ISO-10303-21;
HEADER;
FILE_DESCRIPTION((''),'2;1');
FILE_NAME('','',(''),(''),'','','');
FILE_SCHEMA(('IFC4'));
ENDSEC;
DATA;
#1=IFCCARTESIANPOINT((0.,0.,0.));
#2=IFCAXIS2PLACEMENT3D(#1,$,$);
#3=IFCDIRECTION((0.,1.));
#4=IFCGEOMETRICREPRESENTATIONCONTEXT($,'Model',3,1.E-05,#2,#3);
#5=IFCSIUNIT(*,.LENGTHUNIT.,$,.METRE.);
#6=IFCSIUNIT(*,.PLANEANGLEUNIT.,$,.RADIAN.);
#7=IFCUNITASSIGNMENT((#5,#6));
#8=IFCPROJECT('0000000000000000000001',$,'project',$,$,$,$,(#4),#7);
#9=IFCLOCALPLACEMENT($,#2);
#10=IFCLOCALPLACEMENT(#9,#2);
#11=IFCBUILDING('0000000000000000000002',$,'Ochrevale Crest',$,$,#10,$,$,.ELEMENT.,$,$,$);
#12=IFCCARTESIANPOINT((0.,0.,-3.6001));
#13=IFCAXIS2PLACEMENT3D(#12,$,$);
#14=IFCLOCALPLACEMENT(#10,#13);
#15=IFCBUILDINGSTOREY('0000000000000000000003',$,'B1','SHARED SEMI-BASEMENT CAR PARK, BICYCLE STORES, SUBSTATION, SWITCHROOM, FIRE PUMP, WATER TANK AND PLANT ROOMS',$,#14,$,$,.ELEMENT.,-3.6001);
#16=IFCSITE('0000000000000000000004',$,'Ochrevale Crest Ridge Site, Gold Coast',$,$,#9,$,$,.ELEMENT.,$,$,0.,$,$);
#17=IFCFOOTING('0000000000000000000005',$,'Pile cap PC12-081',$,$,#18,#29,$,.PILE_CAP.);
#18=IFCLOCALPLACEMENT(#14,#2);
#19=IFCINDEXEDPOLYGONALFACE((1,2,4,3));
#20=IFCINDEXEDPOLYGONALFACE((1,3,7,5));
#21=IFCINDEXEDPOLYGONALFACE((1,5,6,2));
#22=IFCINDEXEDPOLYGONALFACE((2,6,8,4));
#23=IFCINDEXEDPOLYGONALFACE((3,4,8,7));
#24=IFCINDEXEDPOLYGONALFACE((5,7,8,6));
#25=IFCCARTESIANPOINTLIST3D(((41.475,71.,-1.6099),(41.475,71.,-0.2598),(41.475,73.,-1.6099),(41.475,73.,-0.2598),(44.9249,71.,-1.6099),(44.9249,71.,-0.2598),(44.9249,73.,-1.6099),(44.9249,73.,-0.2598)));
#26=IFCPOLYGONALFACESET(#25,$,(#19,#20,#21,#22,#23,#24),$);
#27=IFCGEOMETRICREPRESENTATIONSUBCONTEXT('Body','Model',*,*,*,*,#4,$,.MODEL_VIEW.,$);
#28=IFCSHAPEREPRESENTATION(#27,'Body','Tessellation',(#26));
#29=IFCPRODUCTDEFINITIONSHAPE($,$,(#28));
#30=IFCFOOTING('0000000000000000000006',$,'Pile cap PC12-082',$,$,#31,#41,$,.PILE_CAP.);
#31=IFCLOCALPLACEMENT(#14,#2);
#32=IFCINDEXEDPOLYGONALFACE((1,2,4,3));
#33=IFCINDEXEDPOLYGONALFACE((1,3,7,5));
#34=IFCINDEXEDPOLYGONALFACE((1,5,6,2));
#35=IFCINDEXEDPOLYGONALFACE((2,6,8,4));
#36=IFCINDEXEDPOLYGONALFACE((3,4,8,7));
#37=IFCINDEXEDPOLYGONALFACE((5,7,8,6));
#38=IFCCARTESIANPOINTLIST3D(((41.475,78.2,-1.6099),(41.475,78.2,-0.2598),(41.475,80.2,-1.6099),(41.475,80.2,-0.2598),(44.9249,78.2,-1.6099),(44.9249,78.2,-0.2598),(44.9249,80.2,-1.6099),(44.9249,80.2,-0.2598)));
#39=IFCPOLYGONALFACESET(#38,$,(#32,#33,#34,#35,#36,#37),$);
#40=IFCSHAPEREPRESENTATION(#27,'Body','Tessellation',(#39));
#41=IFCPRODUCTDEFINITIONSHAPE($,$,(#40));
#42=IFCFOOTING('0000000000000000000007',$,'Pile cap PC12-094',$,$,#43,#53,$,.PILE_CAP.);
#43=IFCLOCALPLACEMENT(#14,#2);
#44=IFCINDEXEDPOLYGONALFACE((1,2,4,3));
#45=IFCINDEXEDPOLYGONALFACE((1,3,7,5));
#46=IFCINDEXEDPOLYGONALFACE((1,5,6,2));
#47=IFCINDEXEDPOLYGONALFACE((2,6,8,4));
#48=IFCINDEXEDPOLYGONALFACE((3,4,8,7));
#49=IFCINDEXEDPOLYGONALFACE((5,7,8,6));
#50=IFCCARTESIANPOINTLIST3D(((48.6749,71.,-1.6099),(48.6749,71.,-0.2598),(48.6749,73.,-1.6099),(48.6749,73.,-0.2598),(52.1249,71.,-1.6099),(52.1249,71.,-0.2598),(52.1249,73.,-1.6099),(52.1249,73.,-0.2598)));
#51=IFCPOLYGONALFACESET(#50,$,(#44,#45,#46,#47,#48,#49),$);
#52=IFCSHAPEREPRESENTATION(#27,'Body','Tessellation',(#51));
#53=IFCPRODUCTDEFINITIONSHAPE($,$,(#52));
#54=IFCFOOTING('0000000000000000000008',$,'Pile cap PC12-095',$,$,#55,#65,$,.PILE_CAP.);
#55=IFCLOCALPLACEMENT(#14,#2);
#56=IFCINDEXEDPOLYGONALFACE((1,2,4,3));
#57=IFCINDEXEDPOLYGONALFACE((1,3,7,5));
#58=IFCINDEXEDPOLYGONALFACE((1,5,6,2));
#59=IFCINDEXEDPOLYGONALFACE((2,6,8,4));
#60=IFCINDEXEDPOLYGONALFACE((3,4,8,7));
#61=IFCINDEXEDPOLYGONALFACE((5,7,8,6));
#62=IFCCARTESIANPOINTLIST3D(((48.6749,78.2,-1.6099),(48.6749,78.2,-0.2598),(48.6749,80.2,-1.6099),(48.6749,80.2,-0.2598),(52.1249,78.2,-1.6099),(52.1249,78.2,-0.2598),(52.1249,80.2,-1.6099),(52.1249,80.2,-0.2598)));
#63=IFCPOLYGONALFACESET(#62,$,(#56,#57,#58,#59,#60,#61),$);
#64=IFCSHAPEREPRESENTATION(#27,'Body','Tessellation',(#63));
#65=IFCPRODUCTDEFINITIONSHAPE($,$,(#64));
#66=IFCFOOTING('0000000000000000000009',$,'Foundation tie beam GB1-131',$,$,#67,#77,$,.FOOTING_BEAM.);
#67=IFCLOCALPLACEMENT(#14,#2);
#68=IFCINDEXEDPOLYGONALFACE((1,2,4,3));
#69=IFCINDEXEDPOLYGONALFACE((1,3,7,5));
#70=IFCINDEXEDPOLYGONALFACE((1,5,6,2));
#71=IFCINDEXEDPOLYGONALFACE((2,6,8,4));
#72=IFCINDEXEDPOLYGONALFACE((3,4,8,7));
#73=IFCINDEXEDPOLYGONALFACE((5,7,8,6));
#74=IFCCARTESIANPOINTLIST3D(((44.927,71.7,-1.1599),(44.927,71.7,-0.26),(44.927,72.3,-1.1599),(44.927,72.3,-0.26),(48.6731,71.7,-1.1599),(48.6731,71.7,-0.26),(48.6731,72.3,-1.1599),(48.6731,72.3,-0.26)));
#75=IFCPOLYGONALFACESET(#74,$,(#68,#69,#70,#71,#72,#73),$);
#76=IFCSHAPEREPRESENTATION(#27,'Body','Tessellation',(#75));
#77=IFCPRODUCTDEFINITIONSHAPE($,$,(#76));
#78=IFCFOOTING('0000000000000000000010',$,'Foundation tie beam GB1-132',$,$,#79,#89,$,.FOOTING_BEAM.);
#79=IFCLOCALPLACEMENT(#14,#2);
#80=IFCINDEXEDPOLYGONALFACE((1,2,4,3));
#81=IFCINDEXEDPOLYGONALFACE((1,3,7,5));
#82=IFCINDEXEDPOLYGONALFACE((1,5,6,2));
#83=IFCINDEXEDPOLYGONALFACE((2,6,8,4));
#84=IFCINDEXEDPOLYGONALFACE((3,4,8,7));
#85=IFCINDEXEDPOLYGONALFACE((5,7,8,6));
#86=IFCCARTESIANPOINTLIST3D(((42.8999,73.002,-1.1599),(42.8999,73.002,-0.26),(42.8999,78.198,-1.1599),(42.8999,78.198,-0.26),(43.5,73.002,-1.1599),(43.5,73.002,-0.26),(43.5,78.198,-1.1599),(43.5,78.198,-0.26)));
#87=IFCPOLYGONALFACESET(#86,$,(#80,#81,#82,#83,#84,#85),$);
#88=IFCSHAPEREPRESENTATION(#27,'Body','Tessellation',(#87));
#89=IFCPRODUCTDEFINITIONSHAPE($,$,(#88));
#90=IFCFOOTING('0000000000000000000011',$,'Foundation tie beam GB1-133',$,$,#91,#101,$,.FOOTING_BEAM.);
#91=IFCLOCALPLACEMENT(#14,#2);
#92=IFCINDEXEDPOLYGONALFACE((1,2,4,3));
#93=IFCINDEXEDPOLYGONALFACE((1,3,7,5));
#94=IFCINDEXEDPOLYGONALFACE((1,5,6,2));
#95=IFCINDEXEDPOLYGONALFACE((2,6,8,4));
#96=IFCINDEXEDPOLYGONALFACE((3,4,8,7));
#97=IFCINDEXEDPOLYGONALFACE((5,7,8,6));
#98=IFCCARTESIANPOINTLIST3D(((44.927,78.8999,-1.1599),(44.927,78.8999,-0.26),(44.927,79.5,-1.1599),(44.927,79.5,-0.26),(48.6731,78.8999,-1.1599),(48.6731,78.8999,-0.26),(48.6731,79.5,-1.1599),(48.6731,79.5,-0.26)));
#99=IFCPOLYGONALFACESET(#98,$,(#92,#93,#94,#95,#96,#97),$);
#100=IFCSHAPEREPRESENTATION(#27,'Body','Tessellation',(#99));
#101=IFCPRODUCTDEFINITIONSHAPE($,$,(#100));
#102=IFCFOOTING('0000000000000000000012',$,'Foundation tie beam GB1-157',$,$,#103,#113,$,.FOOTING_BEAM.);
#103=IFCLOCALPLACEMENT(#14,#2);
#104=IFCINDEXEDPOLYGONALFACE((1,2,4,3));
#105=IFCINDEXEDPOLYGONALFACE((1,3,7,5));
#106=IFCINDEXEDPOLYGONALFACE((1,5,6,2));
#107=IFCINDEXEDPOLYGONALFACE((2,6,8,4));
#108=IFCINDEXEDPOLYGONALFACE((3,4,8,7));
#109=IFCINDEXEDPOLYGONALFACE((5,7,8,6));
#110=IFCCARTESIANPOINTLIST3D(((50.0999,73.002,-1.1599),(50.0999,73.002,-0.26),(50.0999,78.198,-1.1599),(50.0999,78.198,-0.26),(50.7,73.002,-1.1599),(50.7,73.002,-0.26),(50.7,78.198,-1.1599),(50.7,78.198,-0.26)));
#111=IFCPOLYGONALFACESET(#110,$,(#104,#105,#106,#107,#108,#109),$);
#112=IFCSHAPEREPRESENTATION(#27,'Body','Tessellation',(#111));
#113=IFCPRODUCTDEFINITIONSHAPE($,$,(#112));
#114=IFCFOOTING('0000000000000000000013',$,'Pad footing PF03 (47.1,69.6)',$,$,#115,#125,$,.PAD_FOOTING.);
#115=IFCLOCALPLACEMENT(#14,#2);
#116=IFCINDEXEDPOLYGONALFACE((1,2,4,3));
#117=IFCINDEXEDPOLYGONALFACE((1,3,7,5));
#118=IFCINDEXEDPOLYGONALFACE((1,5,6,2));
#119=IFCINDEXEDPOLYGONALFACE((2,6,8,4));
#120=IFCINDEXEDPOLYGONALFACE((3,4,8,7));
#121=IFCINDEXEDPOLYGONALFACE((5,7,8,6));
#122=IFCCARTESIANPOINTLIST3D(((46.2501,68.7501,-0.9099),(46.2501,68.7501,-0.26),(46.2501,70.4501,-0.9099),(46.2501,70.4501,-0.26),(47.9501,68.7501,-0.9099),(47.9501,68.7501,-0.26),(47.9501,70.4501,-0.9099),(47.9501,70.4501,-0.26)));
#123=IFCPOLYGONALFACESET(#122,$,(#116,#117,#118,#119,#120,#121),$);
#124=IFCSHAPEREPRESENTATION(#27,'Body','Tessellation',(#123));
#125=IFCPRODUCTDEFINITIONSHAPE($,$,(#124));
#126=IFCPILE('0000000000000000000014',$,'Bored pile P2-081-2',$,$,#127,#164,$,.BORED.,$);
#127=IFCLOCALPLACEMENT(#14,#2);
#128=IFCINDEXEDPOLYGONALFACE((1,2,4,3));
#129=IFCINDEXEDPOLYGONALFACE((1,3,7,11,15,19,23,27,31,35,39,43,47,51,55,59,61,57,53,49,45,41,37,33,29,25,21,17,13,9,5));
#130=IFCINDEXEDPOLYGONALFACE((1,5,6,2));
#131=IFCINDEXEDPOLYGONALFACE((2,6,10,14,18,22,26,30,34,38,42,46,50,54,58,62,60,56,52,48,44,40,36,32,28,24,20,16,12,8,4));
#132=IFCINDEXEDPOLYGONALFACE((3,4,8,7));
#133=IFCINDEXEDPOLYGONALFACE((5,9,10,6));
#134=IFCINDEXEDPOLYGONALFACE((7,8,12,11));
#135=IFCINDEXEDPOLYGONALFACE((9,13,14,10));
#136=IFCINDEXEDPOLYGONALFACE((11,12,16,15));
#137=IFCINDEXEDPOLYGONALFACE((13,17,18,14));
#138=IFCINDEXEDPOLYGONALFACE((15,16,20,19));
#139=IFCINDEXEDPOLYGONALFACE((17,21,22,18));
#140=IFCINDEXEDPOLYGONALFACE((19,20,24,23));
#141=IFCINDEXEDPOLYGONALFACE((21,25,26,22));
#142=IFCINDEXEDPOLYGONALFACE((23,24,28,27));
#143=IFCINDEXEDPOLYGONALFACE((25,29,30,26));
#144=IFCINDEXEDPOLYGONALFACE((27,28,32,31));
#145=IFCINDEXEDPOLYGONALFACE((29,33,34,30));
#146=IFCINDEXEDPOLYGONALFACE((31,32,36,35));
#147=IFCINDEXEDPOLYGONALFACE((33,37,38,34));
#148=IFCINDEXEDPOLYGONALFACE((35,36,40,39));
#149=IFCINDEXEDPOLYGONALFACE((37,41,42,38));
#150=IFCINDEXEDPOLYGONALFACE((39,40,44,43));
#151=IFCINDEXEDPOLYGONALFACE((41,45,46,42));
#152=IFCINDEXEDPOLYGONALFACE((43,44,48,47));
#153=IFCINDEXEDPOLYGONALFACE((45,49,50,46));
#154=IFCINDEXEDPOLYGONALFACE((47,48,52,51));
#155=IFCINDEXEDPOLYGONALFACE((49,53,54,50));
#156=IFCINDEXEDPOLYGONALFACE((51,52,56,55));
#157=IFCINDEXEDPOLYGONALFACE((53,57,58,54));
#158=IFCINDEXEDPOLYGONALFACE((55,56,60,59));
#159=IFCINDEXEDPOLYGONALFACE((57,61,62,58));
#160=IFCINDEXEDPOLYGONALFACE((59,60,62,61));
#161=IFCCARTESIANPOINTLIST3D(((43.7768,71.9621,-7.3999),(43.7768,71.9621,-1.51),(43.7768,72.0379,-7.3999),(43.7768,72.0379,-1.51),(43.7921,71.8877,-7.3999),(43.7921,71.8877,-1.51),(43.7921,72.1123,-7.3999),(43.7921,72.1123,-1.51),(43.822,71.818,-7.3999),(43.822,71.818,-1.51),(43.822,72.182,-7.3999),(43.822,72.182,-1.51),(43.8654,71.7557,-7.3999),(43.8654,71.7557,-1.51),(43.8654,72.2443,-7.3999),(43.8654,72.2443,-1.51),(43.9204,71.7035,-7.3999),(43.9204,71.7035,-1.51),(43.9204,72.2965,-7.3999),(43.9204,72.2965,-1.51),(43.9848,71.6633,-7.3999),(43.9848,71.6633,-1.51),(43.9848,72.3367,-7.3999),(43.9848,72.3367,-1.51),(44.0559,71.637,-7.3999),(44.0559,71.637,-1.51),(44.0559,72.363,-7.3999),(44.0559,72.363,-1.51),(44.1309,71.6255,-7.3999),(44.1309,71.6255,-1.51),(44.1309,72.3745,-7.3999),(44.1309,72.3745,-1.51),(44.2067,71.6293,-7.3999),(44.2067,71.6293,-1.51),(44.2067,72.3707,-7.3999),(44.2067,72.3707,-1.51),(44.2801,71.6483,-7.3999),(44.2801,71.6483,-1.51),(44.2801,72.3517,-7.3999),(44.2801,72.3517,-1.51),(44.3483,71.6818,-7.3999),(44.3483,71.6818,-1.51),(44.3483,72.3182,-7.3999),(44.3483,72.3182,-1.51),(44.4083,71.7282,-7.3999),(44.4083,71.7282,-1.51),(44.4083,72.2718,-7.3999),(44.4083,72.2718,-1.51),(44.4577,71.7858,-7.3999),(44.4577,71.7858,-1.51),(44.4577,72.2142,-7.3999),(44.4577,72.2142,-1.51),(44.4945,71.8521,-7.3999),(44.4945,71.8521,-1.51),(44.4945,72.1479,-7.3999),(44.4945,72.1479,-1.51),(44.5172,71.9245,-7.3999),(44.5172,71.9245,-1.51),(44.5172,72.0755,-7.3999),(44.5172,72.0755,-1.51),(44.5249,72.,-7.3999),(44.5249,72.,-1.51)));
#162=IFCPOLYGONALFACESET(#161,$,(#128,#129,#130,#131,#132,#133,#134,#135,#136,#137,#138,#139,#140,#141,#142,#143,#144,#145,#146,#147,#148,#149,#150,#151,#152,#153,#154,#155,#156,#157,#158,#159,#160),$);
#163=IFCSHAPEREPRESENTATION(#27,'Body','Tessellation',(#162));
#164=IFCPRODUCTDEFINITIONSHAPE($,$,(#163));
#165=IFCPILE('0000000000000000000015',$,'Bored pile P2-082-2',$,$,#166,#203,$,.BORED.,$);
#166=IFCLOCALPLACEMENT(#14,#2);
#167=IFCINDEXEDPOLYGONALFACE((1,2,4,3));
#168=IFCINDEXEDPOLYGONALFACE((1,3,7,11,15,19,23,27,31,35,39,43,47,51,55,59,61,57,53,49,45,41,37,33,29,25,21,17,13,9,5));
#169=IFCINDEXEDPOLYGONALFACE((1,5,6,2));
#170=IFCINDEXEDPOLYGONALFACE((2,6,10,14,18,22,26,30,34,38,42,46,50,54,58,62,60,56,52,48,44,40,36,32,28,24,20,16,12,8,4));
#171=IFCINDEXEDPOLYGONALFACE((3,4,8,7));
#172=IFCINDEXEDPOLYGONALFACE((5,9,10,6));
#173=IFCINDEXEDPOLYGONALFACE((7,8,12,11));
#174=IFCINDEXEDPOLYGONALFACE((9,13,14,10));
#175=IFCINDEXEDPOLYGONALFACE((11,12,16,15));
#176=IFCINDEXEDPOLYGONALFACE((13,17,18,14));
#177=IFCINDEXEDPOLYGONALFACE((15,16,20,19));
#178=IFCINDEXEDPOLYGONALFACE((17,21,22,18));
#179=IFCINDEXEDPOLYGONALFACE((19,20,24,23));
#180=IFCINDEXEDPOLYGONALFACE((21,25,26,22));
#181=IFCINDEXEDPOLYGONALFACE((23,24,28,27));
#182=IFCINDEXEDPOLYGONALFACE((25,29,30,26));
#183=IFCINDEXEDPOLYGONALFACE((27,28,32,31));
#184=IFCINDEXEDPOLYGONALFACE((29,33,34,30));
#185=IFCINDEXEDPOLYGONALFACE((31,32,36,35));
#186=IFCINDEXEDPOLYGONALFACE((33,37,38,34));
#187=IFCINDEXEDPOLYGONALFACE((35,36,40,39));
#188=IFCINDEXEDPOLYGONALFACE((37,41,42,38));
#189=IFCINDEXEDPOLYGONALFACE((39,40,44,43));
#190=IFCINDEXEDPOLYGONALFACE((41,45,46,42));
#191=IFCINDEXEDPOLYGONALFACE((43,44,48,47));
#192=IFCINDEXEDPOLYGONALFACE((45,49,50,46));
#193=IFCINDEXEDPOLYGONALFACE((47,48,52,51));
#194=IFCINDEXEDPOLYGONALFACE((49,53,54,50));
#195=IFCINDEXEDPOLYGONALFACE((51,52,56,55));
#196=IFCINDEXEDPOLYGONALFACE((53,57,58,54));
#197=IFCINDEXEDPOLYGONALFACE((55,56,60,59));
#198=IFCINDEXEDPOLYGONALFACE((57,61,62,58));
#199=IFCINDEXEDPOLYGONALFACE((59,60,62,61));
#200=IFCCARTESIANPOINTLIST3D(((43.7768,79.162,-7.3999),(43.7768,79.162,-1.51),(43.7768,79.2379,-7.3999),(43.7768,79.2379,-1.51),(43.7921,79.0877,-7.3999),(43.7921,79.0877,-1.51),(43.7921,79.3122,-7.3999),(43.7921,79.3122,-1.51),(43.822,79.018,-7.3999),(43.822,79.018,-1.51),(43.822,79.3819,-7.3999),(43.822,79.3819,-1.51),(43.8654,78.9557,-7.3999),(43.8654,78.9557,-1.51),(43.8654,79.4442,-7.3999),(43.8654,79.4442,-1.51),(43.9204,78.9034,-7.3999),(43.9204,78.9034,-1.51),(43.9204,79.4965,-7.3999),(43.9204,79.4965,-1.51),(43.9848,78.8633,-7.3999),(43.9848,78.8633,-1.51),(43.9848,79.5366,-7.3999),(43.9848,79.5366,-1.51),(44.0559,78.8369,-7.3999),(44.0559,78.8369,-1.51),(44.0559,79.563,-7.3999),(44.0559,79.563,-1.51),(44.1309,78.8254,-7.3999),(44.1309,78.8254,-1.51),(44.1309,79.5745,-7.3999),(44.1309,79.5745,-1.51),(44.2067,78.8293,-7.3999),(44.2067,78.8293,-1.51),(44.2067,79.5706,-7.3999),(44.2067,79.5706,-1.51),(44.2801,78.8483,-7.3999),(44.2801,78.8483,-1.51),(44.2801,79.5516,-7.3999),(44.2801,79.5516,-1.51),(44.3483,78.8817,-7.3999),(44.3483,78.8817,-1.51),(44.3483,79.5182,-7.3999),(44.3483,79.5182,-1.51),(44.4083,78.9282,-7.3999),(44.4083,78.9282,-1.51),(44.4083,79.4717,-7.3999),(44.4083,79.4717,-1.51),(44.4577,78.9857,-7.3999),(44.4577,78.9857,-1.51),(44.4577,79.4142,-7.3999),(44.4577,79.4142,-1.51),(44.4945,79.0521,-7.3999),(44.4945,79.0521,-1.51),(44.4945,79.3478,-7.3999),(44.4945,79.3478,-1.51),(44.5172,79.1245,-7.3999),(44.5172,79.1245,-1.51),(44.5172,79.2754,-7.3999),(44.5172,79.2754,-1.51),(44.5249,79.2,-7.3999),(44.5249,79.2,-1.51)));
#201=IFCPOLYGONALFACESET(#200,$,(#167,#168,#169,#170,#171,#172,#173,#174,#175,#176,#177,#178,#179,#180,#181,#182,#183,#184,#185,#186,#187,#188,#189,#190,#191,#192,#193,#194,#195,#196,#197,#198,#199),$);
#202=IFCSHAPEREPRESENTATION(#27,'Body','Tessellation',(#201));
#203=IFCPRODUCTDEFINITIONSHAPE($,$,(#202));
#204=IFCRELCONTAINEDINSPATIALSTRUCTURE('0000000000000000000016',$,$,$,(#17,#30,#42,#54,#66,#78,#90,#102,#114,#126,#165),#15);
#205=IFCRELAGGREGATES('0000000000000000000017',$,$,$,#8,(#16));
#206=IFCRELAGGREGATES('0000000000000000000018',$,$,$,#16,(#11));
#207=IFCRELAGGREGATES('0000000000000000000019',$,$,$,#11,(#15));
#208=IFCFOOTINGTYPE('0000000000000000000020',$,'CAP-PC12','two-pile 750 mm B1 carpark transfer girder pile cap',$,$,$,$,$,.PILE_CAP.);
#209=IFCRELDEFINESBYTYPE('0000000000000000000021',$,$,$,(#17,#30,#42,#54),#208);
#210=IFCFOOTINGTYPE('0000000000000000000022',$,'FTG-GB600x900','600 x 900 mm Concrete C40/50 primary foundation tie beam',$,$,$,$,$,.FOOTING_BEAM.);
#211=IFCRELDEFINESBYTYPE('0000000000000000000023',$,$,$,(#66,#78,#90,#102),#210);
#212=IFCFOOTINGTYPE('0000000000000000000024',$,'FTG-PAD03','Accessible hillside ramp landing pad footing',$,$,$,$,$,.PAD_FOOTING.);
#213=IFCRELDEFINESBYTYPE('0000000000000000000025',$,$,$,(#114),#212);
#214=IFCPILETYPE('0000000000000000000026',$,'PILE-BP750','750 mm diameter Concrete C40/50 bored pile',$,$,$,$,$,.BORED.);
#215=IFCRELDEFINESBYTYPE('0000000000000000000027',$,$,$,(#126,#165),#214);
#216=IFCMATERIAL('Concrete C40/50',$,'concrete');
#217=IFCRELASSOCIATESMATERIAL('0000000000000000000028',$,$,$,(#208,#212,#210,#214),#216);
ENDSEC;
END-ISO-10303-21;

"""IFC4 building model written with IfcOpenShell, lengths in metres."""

from ifc_helpers import new_model, si_unit, direction, frame, origin, origin_2d, place, context, subcontext, project, spatial, rectangle, circle, extrude, material, material_profile, profile_set, type_object, element, save


model = new_model("IFC4")

# Units and contexts
model_context = context("Model", 3, precision=1e-05, world=origin(), true_north=direction((0.0, 1.0)))
body_context = subcontext(model_context, "Body", "Model", "MODEL_VIEW")
ifc_project = project(units=[si_unit("LENGTHUNIT", "METRE"), si_unit("PLANEANGLEUNIT", "RADIAN")], contexts=[model_context])

# Site, building, storey
site_placement = place(None, origin())
site = spatial("IfcSite", under=ifc_project, at=site_placement, Name="Ochrevale Crest Ridge Site, Gold Coast", CompositionType="ELEMENT", RefElevation=0.0)
building_placement = place(site_placement, origin())
building = spatial("IfcBuilding", under=site, at=building_placement, Name="Ochrevale Crest", CompositionType="ELEMENT")
storey_placement = place(building_placement, frame((0.0, 0.0, -3.6001)))
storey = spatial("IfcBuildingStorey", under=building, at=storey_placement, Name="B1", Description="SHARED SEMI-BASEMENT CAR PARK, BICYCLE STORES, SUBSTATION, SWITCHROOM, FIRE PUMP, WATER TANK AND PLANT ROOMS", CompositionType="ELEMENT", Elevation=-3.6001)

# Footings
ifc_material_1 = material(Name="Concrete C40/50", Category="concrete")
footing_type_1 = type_object("IfcFootingType", Name="CAP-PC12", Description="two-pile 750 mm B1 carpark transfer girder pile cap", PredefinedType="PILE_CAP", material=ifc_material_1)
for number, where, z_axis, x_axis, name in (
    (1, (43.2, 72.0, -1.6099), (0.0, 0.0, 1.0), (1.0, 0.0, 0.0), "Pile cap PC12-081"),
    (2, (43.2, 79.2, -1.6099), (0.0, 0.0, 1.0), (1.0, 0.0, 0.0), "Pile cap PC12-082"),
    (3, (50.3999, 72.0, -1.6099), (0.0, 0.0, 1.0), (1.0, 0.0, 0.0), "Pile cap PC12-094"),
    (4, (50.3999, 79.2, -1.6099), (0.0, 0.0, 1.0), (1.0, 0.0, 0.0), "Pile cap PC12-095"),
):
    element("IfcFooting", number, at=place(storey_placement, frame(where, z_axis=z_axis, x_axis=x_axis)), inside=storey, type_object=footing_type_1, Name=name, PredefinedType="PILE_CAP", context=body_context, shape_type="SweptSolid", body=[
        extrude(rectangle(XDim=3.45, YDim=2.0, at=origin_2d()), origin(), (0.0, 0.0, 1.0), 1.3501),
    ])
ifc_material_profile_1 = material_profile(ifc_material_1, rectangle(XDim=0.6001, YDim=0.8999, at=origin_2d()), Name="GB 600x900")
ifc_profile_set_1 = profile_set([ifc_material_profile_1], Name="Concrete C40/50")
footing_type_2 = type_object("IfcFootingType", Name="FTG-GB600x900", Description="600 x 900 mm Concrete C40/50 primary foundation tie beam", PredefinedType="FOOTING_BEAM", material=ifc_profile_set_1)
footing_1_placement = place(storey_placement, frame((44.927, 72.0, -0.71), z_axis=(1.0, 0.0, 0.0), x_axis=(0.0, 1.0, 0.0)))
element("IfcFooting", 5, at=footing_1_placement, inside=storey, type_object=footing_type_2, Name="Foundation tie beam GB1-131", PredefinedType="FOOTING_BEAM", context=body_context, shape_type="SweptSolid", body=[
    extrude(rectangle(XDim=0.6001, YDim=0.8999, at=origin_2d()), origin(), (0.0, 0.0, 1.0), 3.7461),
])
footing_2_placement = place(storey_placement, frame((43.2, 73.002, -0.71), z_axis=(0.0, 1.0, 0.0), x_axis=(-1.0, 0.0, 0.0)))
element("IfcFooting", 6, at=footing_2_placement, inside=storey, type_object=footing_type_2, Name="Foundation tie beam GB1-132", PredefinedType="FOOTING_BEAM", context=body_context, shape_type="SweptSolid", body=[
    extrude(rectangle(XDim=0.6001, YDim=0.8999, at=origin_2d()), origin(), (0.0, 0.0, 1.0), 5.196),
])
footing_3_placement = place(storey_placement, frame((44.927, 79.2, -0.71), z_axis=(1.0, 0.0, 0.0), x_axis=(0.0, 1.0, 0.0)))
element("IfcFooting", 7, at=footing_3_placement, inside=storey, type_object=footing_type_2, Name="Foundation tie beam GB1-133", PredefinedType="FOOTING_BEAM", context=body_context, shape_type="SweptSolid", body=[
    extrude(rectangle(XDim=0.6001, YDim=0.8999, at=origin_2d()), origin(), (0.0, 0.0, 1.0), 3.7461),
])
footing_4_placement = place(storey_placement, frame((50.3999, 73.002, -0.71), z_axis=(0.0, 1.0, 0.0), x_axis=(-1.0, 0.0, 0.0)))
element("IfcFooting", 8, at=footing_4_placement, inside=storey, type_object=footing_type_2, Name="Foundation tie beam GB1-157", PredefinedType="FOOTING_BEAM", context=body_context, shape_type="SweptSolid", body=[
    extrude(rectangle(XDim=0.6001, YDim=0.8999, at=origin_2d()), origin(), (0.0, 0.0, 1.0), 5.196),
])
footing_type_3 = type_object("IfcFootingType", Name="FTG-PAD03", Description="Accessible hillside ramp landing pad footing", PredefinedType="PAD_FOOTING", material=ifc_material_1)
footing_5_placement = place(storey_placement, frame((47.1001, 69.6001, -0.9099), z_axis=(0.0, 0.0, 1.0), x_axis=(1.0, 0.0, 0.0)))
element("IfcFooting", 9, at=footing_5_placement, inside=storey, type_object=footing_type_3, Name="Pad footing PF03 (47.1,69.6)", PredefinedType="PAD_FOOTING", context=body_context, shape_type="SweptSolid", body=[
    extrude(rectangle(XDim=1.7, YDim=1.7, at=origin_2d()), origin(), (0.0, 0.0, 1.0), 0.6499),
])

# Piles
ifc_material_profile_2 = material_profile(ifc_material_1, circle(Radius=0.375, at=origin_2d()), Name="BORED PILE 750")
ifc_profile_set_2 = profile_set([ifc_material_profile_2], Name="Concrete C40/50")
pile_type = type_object("IfcPileType", Name="PILE-BP750", Description="750 mm diameter Concrete C40/50 bored pile", PredefinedType="BORED", material=ifc_profile_set_2)
for number, where, z_axis, x_axis, name in (
    (10, (44.1499, 72.0, -1.51), (0.0, 0.0, -1.0), (1.0, 0.0, 0.0), "Bored pile P2-081-2"),
    (11, (44.1499, 79.2, -1.51), (0.0, 0.0, -1.0), (1.0, 0.0, 0.0), "Bored pile P2-082-2"),
):
    element("IfcPile", number, at=place(storey_placement, frame(where, z_axis=z_axis, x_axis=x_axis)), inside=storey, type_object=pile_type, Name=name, PredefinedType="BORED", context=body_context, shape_type="SweptSolid", body=[
        extrude(circle(Radius=0.375, at=origin_2d()), origin(), (0.0, 0.0, 1.0), 5.8899),
    ])

save(model, "model.ifc")
